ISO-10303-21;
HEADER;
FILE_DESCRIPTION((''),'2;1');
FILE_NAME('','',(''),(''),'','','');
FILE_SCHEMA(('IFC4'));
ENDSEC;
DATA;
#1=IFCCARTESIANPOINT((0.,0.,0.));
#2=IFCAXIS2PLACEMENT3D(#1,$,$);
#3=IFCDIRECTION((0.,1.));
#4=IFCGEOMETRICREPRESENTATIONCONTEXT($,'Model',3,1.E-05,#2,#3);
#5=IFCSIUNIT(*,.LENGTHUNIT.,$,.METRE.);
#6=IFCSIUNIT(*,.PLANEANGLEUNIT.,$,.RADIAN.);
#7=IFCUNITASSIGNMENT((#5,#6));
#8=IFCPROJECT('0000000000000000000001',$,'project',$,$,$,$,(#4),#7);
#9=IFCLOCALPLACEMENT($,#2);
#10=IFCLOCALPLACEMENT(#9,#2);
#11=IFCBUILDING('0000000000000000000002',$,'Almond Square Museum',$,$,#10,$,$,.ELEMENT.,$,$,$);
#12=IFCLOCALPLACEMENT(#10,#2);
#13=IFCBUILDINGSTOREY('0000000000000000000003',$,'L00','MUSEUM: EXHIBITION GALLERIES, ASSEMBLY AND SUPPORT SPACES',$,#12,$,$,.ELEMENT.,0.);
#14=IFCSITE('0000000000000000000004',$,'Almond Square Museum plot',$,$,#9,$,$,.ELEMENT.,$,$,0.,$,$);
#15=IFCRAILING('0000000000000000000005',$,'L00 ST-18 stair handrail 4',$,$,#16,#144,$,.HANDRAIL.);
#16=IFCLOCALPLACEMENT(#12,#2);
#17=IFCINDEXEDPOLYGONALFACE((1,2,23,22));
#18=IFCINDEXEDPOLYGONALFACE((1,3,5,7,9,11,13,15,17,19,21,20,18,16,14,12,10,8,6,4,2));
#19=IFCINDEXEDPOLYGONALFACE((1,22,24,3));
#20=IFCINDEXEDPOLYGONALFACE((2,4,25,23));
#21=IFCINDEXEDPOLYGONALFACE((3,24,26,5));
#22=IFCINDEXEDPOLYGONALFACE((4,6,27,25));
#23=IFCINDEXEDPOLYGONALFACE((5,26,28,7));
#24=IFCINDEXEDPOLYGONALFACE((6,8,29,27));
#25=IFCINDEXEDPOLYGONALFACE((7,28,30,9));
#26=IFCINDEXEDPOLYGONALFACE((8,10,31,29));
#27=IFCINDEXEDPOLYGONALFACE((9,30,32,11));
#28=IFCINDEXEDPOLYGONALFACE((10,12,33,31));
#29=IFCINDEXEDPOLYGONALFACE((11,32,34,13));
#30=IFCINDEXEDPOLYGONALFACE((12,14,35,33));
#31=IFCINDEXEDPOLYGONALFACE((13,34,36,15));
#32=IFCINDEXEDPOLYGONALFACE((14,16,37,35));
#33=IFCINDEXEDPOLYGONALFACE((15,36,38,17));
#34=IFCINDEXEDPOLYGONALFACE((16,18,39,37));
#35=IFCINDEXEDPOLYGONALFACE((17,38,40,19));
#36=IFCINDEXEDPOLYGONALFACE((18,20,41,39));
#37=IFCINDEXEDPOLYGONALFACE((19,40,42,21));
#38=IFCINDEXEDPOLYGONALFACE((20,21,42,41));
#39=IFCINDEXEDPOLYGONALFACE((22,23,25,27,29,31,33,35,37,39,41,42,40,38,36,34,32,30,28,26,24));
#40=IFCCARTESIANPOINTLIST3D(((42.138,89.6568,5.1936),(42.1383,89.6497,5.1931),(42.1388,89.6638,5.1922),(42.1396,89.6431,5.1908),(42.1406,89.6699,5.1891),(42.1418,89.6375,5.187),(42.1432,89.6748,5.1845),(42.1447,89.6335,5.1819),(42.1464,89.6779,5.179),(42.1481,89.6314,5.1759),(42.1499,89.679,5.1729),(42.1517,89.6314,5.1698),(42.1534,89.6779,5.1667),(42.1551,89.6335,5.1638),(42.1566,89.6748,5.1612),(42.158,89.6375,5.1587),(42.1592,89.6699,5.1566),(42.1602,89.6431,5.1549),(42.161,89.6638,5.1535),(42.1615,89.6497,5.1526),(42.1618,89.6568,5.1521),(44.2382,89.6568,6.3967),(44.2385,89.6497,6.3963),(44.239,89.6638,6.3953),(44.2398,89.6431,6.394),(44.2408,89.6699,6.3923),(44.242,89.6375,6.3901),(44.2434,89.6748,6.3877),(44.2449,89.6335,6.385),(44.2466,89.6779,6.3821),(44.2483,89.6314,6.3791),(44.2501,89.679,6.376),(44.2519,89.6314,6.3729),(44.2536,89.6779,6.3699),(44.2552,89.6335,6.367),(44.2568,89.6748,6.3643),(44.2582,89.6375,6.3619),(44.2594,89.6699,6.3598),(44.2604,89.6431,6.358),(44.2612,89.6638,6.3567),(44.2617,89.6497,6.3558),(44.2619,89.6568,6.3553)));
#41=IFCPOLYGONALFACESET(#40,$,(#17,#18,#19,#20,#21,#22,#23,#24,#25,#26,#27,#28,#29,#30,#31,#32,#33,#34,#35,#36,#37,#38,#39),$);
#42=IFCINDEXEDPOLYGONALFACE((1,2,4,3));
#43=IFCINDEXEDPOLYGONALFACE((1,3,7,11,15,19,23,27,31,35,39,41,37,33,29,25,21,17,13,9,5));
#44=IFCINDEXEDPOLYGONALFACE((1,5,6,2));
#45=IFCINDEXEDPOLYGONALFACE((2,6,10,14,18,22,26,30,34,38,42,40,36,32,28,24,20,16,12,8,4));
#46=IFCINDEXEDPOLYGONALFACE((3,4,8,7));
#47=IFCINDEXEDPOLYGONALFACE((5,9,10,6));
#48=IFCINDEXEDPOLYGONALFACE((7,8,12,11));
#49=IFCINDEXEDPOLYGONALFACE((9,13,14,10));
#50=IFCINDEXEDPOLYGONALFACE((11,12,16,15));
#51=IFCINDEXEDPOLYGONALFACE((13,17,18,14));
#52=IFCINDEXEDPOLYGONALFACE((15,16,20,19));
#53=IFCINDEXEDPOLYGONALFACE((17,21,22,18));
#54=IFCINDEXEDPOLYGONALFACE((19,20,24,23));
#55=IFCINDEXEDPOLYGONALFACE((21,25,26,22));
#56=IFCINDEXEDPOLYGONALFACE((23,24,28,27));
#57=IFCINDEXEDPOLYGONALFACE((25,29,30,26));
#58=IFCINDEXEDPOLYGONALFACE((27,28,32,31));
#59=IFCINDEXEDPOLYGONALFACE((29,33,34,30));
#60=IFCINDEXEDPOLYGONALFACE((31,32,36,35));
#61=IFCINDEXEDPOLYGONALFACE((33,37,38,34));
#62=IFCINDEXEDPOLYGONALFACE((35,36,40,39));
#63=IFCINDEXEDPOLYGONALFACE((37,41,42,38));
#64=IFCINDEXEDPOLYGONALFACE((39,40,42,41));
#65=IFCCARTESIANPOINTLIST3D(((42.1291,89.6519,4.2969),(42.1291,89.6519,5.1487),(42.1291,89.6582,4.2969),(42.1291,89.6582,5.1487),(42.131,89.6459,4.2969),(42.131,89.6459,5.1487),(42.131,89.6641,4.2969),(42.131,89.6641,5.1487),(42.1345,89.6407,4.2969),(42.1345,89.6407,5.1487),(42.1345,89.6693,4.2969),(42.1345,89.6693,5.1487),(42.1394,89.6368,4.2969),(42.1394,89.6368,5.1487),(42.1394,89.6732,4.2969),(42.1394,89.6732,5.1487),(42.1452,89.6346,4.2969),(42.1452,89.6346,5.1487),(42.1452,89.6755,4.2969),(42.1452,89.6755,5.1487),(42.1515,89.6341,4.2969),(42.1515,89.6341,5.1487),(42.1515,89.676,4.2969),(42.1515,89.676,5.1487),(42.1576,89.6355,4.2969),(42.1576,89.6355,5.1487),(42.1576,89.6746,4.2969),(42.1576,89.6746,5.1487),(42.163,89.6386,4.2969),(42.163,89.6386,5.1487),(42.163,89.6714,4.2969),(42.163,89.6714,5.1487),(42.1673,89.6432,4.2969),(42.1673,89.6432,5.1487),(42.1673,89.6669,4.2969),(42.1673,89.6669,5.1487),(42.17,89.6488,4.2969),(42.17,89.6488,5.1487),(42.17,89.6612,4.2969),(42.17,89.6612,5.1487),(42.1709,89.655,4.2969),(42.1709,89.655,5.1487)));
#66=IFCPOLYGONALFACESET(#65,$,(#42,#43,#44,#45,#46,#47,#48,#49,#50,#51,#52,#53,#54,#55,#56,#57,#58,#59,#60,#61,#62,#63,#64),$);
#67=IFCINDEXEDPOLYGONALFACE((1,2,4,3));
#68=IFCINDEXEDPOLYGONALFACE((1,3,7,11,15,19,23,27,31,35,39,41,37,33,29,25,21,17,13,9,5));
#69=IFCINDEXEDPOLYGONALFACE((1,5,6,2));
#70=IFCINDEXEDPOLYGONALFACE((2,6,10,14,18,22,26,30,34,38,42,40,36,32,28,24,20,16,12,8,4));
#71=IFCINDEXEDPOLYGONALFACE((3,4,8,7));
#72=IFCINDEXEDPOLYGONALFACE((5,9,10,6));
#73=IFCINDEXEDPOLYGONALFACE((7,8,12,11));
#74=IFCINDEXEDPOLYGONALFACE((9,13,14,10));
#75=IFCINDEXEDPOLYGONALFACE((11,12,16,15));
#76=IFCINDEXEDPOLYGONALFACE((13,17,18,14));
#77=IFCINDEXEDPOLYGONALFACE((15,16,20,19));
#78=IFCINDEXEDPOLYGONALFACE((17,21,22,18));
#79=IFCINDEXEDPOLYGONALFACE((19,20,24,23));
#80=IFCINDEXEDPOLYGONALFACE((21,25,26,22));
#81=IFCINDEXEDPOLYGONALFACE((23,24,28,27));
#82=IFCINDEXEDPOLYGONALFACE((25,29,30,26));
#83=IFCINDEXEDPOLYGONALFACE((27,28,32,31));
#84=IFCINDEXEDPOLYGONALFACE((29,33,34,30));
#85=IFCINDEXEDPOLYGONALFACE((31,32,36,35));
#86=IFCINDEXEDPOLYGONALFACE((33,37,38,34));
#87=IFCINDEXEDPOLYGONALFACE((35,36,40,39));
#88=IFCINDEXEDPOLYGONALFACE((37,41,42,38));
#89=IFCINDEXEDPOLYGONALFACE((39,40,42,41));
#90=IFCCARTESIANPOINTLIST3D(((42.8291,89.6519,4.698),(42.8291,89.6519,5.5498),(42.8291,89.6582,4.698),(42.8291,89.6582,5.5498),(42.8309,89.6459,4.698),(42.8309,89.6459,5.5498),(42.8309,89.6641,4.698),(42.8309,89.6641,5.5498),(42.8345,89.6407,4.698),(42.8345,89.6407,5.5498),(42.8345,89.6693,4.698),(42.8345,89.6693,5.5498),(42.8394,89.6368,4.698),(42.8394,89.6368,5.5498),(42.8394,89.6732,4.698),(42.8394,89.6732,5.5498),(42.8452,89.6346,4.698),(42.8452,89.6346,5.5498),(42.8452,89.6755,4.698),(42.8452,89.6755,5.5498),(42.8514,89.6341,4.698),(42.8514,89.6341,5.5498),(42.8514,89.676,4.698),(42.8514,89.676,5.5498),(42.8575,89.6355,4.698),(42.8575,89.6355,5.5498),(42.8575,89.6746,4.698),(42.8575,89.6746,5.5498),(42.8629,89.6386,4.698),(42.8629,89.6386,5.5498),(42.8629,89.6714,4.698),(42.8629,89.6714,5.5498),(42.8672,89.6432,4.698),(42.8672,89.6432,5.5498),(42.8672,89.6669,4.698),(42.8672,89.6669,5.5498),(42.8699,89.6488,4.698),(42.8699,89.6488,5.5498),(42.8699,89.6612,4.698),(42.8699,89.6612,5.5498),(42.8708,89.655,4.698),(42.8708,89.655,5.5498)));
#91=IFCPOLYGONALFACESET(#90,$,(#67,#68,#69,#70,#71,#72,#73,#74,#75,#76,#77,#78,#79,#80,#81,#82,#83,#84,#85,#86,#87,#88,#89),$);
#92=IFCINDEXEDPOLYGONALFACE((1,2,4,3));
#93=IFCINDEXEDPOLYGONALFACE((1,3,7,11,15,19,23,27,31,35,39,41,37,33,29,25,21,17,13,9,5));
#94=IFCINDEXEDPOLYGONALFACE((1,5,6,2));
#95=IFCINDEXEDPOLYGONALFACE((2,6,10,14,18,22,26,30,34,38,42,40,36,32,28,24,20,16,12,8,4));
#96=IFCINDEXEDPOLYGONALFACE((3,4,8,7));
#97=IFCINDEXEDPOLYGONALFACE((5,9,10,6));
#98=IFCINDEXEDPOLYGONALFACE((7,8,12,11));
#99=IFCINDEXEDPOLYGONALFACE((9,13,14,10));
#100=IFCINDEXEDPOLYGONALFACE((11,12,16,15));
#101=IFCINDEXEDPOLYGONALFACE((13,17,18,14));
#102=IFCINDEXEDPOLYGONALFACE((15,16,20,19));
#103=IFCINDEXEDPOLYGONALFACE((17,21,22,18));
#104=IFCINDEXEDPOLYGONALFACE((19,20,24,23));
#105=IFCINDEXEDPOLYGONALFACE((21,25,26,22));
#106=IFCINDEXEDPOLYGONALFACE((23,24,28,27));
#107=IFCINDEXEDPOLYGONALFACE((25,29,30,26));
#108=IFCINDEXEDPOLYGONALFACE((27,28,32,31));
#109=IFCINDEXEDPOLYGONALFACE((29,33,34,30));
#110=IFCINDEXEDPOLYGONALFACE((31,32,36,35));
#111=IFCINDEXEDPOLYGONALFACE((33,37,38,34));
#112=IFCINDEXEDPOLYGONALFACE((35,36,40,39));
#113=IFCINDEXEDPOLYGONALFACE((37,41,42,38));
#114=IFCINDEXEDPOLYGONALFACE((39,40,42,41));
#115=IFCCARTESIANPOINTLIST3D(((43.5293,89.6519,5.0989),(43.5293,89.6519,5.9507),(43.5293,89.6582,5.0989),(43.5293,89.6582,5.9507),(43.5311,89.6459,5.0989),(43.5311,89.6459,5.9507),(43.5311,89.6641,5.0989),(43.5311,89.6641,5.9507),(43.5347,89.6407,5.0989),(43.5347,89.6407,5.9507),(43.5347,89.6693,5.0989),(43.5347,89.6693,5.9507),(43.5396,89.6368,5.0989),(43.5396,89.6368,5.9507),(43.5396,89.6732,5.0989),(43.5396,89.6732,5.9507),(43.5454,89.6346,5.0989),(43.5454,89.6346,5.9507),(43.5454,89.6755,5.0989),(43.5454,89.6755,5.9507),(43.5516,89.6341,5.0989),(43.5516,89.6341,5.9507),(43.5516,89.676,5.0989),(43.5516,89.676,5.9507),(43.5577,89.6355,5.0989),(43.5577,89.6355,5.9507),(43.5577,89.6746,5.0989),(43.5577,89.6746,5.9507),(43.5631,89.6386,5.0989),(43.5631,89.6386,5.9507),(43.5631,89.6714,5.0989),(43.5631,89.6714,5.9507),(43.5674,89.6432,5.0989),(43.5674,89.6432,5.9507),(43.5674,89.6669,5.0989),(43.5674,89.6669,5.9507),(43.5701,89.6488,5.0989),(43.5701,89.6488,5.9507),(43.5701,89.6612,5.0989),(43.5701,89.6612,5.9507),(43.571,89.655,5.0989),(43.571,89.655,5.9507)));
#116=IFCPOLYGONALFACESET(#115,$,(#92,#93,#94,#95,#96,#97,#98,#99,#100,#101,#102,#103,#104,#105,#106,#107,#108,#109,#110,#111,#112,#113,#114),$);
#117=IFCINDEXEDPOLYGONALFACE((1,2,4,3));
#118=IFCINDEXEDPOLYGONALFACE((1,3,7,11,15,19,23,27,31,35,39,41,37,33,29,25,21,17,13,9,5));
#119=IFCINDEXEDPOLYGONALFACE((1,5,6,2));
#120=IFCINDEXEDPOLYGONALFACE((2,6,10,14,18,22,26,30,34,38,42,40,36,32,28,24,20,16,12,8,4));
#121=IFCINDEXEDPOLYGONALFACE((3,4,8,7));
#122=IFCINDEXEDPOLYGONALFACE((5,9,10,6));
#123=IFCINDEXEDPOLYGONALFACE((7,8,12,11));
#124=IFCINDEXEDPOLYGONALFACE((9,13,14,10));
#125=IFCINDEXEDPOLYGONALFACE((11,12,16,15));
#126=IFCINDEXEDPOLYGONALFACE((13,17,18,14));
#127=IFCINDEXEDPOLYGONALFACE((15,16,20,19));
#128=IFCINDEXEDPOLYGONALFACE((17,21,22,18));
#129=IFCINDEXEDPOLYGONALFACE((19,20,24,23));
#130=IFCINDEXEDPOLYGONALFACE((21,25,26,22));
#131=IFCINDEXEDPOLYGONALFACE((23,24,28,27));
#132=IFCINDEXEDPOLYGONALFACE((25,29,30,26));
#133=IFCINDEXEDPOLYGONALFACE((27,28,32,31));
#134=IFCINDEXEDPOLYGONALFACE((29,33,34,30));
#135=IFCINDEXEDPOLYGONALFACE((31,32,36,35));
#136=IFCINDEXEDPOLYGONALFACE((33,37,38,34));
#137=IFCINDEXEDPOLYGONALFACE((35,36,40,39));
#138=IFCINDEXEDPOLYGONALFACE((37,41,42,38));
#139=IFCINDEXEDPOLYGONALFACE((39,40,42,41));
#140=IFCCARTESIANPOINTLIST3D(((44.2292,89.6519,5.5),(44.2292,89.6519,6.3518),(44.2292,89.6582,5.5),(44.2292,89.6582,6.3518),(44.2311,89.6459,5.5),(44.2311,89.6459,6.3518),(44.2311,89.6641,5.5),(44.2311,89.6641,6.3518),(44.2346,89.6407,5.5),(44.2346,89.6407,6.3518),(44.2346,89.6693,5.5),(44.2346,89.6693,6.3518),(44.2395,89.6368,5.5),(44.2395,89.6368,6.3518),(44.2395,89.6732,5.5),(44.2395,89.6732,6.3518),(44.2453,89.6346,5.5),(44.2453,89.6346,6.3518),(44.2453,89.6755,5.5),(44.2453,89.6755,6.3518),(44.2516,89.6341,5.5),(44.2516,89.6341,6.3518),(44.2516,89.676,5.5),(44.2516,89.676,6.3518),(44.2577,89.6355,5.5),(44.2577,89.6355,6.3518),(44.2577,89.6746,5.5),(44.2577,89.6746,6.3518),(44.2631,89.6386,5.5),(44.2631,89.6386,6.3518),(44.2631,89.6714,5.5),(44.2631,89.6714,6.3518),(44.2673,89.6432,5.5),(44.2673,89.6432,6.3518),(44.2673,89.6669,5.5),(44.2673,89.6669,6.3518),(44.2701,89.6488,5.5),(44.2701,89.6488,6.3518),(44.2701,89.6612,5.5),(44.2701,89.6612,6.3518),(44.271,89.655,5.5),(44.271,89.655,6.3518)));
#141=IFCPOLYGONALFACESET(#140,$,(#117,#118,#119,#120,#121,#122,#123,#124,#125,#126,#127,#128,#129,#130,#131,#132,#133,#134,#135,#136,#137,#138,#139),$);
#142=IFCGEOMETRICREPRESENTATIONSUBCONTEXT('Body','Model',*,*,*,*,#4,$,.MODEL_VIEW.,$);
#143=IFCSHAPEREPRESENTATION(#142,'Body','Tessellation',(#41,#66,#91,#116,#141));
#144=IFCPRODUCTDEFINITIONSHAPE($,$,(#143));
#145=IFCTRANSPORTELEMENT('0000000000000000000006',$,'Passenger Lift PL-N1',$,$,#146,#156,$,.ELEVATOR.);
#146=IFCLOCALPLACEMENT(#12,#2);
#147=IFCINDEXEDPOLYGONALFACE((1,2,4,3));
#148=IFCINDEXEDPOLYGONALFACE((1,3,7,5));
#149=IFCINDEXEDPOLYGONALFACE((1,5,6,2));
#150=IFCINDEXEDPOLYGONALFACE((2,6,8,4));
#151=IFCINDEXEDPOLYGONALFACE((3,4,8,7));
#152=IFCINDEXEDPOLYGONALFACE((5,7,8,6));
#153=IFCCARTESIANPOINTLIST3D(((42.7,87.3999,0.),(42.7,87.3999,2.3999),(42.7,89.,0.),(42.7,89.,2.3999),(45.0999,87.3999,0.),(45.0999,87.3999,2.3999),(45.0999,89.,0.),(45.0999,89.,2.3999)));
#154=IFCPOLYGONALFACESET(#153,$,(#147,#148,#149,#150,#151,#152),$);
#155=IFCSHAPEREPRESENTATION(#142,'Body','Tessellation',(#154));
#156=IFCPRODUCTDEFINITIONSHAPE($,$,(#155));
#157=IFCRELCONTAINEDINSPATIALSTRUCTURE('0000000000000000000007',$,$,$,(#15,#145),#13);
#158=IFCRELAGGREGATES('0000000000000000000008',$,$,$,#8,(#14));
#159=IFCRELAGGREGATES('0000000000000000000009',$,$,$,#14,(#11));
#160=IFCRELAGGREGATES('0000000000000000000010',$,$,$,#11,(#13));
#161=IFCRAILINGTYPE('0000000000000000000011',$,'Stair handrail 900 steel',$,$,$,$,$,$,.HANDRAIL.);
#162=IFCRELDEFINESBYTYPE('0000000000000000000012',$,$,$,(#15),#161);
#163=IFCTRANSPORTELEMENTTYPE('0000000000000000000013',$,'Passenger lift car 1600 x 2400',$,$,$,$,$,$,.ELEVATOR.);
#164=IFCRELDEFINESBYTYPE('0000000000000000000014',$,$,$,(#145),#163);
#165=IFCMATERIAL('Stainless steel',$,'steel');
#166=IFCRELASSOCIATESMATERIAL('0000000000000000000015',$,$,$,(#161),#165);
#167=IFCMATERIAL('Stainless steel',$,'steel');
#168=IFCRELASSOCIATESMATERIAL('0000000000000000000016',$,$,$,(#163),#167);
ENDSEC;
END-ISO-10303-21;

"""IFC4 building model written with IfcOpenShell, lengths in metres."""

from ifc_helpers import new_model, si_unit, direction, frame, origin, origin_2d, place, context, subcontext, project, spatial, rectangle, circle, extrude, material, type_object, element, save


model = new_model("IFC4")

# Units and contexts
model_context = context("Model", 3, precision=1e-05, world=origin(), true_north=direction((0.0, 1.0)))
body_context = subcontext(model_context, "Body", "Model", "MODEL_VIEW")
ifc_project = project(units=[si_unit("LENGTHUNIT", "METRE"), si_unit("PLANEANGLEUNIT", "RADIAN")], contexts=[model_context])

# Site, building, storey
site_placement = place(None, origin())
site = spatial("IfcSite", under=ifc_project, at=site_placement, Name="Almond Square Museum plot", CompositionType="ELEMENT", RefElevation=0.0)
building_placement = place(site_placement, origin())
building = spatial("IfcBuilding", under=site, at=building_placement, Name="Almond Square Museum", CompositionType="ELEMENT")
storey_placement = place(building_placement, origin())
storey = spatial("IfcBuildingStorey", under=building, at=storey_placement, Name="L00", Description="MUSEUM: EXHIBITION GALLERIES, ASSEMBLY AND SUPPORT SPACES", CompositionType="ELEMENT", Elevation=0.0)

# Railing
ifc_material_1 = material(Name="Stainless steel", Category="steel")
railing_type_1 = type_object("IfcRailingType", Name="Stair handrail 900 steel", PredefinedType="HANDRAIL", material=ifc_material_1)
for number, where, name in (
    (1, (42.1499, 89.655, 4.2969), "L00 ST-18 stair handrail 4"),
):
    element("IfcRailing", number, at=place(storey_placement, frame(where)), inside=storey, type_object=railing_type_1, Name=name, PredefinedType="HANDRAIL", context=body_context, shape_type="SweptSolid", body=[
        extrude(circle(Radius=0.0239, at=origin_2d()), frame((0.0, 0.0, 0.876), z_axis=(0.867696, 0.0, 0.497095), x_axis=(0.0, 1.0, 0.0)), (0.0, 0.0, 1.0), 2.4204),
        extrude(circle(Radius=0.021, at=origin_2d()), origin(), (0.0, 0.0, 1.0), 0.8518),
        extrude(circle(Radius=0.021, at=origin_2d()), frame((0.7, 0.0, 0.4011)), (0.0, 0.0, 1.0), 0.8518),
        extrude(circle(Radius=0.021, at=origin_2d()), frame((1.4001, 0.0, 0.802)), (0.0, 0.0, 1.0), 0.8518),
        extrude(circle(Radius=0.021, at=origin_2d()), frame((2.1001, 0.0, 1.2031)), (0.0, 0.0, 1.0), 0.8518),
    ])

# Transport element
ifc_material_2 = material(Name="Stainless steel", Category="steel")
transport_element_type = type_object("IfcTransportElementType", Name="Passenger lift car 1600 x 2400", PredefinedType="ELEVATOR", material=ifc_material_2)
transport_element_placement = place(storey_placement, frame((43.8999, 88.2, 0.0), z_axis=(0.0, 0.0, 1.0), x_axis=(1.0, 0.0, 0.0)))
element("IfcTransportElement", 2, at=transport_element_placement, inside=storey, type_object=transport_element_type, Name="Passenger Lift PL-N1", PredefinedType="ELEVATOR", context=body_context, shape_type="SweptSolid", body=[
    extrude(rectangle(XDim=2.3999, YDim=1.6001, at=origin_2d()), origin(), (0.0, 0.0, 1.0), 2.3999),
])

save(model, "model.ifc")
